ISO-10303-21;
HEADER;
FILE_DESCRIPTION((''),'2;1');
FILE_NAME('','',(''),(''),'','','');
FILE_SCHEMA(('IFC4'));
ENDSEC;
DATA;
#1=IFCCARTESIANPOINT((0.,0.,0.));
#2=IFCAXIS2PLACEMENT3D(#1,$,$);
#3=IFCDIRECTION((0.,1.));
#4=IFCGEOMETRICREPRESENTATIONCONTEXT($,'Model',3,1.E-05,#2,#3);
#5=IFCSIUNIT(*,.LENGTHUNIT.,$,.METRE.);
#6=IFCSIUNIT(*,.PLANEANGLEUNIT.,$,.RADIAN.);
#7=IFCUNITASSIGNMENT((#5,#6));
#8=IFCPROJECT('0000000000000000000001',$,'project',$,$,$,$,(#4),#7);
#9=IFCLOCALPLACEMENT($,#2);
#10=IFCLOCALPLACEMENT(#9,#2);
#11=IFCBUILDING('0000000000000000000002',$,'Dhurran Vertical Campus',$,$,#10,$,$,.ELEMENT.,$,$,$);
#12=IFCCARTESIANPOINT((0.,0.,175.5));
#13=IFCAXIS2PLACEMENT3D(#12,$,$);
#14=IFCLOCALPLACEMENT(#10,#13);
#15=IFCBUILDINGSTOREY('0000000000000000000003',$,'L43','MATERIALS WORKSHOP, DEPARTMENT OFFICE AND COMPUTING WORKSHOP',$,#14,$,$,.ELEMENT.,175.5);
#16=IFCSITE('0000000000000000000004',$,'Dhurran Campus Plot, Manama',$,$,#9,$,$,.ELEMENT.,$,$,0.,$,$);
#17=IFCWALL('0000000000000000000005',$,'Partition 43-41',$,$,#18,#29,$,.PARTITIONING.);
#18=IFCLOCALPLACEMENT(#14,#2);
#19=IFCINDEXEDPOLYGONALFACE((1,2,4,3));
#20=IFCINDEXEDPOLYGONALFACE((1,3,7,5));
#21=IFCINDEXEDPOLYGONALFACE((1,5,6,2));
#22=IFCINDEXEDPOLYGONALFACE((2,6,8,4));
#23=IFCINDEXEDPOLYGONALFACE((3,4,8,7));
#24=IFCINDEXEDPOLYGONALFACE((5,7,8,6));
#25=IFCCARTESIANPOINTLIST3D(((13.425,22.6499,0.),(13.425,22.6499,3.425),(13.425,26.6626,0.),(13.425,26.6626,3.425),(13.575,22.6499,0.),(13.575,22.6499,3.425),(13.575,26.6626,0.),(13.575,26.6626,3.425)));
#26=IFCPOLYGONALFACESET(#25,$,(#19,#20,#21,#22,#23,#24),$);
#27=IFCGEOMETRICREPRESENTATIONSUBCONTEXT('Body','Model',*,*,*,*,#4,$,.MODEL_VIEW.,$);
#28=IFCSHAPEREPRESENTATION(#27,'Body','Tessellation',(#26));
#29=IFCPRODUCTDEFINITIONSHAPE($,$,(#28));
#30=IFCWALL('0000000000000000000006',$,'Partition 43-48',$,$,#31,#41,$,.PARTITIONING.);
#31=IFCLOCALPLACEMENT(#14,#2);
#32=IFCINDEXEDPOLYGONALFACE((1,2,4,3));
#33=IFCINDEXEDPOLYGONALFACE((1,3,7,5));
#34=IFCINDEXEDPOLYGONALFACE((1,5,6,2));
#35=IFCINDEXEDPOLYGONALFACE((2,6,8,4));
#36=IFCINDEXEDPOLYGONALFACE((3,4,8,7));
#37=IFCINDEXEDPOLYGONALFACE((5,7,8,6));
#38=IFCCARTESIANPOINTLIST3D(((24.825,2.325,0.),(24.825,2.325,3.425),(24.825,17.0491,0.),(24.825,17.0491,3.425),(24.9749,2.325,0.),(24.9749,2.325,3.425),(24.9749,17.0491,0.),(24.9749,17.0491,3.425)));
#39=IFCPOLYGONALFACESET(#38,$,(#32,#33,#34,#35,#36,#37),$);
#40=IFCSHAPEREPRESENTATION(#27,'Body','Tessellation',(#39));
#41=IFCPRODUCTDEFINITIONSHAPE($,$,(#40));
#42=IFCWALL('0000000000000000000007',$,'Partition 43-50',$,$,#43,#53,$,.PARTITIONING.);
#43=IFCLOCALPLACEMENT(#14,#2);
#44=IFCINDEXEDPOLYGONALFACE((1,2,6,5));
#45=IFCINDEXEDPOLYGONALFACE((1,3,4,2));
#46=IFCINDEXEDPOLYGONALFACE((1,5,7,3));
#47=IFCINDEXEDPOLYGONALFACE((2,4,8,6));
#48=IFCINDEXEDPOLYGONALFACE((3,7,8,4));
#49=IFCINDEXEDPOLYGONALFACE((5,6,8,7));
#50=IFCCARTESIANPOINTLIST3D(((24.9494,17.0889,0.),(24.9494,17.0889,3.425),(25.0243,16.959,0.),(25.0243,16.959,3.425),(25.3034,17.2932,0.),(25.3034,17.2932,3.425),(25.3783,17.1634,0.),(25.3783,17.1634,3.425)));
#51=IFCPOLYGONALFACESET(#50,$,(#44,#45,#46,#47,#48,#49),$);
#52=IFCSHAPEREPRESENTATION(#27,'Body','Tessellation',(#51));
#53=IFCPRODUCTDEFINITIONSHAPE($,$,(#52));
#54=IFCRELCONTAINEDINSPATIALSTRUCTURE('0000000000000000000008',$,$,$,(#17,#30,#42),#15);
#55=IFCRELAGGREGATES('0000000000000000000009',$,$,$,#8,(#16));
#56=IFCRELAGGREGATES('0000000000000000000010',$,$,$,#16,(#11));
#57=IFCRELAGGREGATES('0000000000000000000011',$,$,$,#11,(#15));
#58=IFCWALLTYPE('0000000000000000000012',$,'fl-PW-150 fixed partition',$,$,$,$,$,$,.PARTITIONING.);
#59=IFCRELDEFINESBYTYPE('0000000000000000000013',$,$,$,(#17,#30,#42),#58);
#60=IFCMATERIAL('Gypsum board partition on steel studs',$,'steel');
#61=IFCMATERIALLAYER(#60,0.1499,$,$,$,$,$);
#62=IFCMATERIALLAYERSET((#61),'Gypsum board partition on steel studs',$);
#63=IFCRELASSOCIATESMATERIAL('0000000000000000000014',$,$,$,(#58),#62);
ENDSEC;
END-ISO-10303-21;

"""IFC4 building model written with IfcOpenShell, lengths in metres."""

from ifc_helpers import new_model, si_unit, direction, frame, frame_2d, origin, place, context, subcontext, project, spatial, rectangle, extrude, material, layer, layer_set, type_object, element, save


model = new_model("IFC4")

# Units and contexts
model_context = context("Model", 3, precision=1e-05, world=origin(), true_north=direction((0.0, 1.0)))
body_context = subcontext(model_context, "Body", "Model", "MODEL_VIEW")
ifc_project = project(units=[si_unit("LENGTHUNIT", "METRE"), si_unit("PLANEANGLEUNIT", "RADIAN")], contexts=[model_context])

# Site, building, storey
site_placement = place(None, origin())
site = spatial("IfcSite", under=ifc_project, at=site_placement, Name="Dhurran Campus Plot, Manama", CompositionType="ELEMENT", RefElevation=0.0)
building_placement = place(site_placement, origin())
building = spatial("IfcBuilding", under=site, at=building_placement, Name="Dhurran Vertical Campus", CompositionType="ELEMENT")
storey_placement = place(building_placement, frame((0.0, 0.0, 175.5)))
storey = spatial("IfcBuildingStorey", under=building, at=storey_placement, Name="L43", Description="MATERIALS WORKSHOP, DEPARTMENT OFFICE AND COMPUTING WORKSHOP", CompositionType="ELEMENT", Elevation=175.5)

# Walls
ifc_material_1 = material(Name="Gypsum board partition on steel studs", Category="steel")
ifc_layer_1 = layer(ifc_material_1, 0.1499)
ifc_layer_set_1 = layer_set([ifc_layer_1], Name="Gypsum board partition on steel studs")
wall_type_1 = type_object("IfcWallType", Name="fl-PW-150 fixed partition", PredefinedType="PARTITIONING", material=ifc_layer_set_1)
wall_1_placement = place(storey_placement, frame((13.5, 26.6626, 0.0), z_axis=(0.0, 0.0, 1.0), x_axis=(0.0, -1.0, 0.0)))
element("IfcWall", 1, at=wall_1_placement, inside=storey, type_object=wall_type_1, Name="Partition 43-41", PredefinedType="PARTITIONING", context=body_context, shape_type="SweptSolid", body=[
    extrude(rectangle(XDim=4.0127, YDim=0.1499, at=frame_2d((2.0063, 0.0))), origin(), (0.0, 0.0, 1.0), 3.425),
])
wall_2_placement = place(storey_placement, frame((24.8999, 17.0491, 0.0), z_axis=(0.0, 0.0, 1.0), x_axis=(0.0, -1.0, 0.0)))
element("IfcWall", 2, at=wall_2_placement, inside=storey, type_object=wall_type_1, Name="Partition 43-48", PredefinedType="PARTITIONING", context=body_context, shape_type="SweptSolid", body=[
    extrude(rectangle(XDim=14.7241, YDim=0.1499, at=frame_2d((7.3621, 0.0))), origin(), (0.0, 0.0, 1.0), 3.425),
])
wall_3_placement = place(storey_placement, frame((25.3408, 17.2283, 0.0), z_axis=(0.0, 0.0, 1.0), x_axis=(-0.866066, -0.499929, 0.0)))
element("IfcWall", 3, at=wall_3_placement, inside=storey, type_object=wall_type_1, Name="Partition 43-50", PredefinedType="PARTITIONING", context=body_context, shape_type="SweptSolid", body=[
    extrude(rectangle(XDim=0.4087, YDim=0.1499, at=frame_2d((0.2043, 0.0))), origin(), (0.0, 0.0, 1.0), 3.425),
])

save(model, "model.ifc")
